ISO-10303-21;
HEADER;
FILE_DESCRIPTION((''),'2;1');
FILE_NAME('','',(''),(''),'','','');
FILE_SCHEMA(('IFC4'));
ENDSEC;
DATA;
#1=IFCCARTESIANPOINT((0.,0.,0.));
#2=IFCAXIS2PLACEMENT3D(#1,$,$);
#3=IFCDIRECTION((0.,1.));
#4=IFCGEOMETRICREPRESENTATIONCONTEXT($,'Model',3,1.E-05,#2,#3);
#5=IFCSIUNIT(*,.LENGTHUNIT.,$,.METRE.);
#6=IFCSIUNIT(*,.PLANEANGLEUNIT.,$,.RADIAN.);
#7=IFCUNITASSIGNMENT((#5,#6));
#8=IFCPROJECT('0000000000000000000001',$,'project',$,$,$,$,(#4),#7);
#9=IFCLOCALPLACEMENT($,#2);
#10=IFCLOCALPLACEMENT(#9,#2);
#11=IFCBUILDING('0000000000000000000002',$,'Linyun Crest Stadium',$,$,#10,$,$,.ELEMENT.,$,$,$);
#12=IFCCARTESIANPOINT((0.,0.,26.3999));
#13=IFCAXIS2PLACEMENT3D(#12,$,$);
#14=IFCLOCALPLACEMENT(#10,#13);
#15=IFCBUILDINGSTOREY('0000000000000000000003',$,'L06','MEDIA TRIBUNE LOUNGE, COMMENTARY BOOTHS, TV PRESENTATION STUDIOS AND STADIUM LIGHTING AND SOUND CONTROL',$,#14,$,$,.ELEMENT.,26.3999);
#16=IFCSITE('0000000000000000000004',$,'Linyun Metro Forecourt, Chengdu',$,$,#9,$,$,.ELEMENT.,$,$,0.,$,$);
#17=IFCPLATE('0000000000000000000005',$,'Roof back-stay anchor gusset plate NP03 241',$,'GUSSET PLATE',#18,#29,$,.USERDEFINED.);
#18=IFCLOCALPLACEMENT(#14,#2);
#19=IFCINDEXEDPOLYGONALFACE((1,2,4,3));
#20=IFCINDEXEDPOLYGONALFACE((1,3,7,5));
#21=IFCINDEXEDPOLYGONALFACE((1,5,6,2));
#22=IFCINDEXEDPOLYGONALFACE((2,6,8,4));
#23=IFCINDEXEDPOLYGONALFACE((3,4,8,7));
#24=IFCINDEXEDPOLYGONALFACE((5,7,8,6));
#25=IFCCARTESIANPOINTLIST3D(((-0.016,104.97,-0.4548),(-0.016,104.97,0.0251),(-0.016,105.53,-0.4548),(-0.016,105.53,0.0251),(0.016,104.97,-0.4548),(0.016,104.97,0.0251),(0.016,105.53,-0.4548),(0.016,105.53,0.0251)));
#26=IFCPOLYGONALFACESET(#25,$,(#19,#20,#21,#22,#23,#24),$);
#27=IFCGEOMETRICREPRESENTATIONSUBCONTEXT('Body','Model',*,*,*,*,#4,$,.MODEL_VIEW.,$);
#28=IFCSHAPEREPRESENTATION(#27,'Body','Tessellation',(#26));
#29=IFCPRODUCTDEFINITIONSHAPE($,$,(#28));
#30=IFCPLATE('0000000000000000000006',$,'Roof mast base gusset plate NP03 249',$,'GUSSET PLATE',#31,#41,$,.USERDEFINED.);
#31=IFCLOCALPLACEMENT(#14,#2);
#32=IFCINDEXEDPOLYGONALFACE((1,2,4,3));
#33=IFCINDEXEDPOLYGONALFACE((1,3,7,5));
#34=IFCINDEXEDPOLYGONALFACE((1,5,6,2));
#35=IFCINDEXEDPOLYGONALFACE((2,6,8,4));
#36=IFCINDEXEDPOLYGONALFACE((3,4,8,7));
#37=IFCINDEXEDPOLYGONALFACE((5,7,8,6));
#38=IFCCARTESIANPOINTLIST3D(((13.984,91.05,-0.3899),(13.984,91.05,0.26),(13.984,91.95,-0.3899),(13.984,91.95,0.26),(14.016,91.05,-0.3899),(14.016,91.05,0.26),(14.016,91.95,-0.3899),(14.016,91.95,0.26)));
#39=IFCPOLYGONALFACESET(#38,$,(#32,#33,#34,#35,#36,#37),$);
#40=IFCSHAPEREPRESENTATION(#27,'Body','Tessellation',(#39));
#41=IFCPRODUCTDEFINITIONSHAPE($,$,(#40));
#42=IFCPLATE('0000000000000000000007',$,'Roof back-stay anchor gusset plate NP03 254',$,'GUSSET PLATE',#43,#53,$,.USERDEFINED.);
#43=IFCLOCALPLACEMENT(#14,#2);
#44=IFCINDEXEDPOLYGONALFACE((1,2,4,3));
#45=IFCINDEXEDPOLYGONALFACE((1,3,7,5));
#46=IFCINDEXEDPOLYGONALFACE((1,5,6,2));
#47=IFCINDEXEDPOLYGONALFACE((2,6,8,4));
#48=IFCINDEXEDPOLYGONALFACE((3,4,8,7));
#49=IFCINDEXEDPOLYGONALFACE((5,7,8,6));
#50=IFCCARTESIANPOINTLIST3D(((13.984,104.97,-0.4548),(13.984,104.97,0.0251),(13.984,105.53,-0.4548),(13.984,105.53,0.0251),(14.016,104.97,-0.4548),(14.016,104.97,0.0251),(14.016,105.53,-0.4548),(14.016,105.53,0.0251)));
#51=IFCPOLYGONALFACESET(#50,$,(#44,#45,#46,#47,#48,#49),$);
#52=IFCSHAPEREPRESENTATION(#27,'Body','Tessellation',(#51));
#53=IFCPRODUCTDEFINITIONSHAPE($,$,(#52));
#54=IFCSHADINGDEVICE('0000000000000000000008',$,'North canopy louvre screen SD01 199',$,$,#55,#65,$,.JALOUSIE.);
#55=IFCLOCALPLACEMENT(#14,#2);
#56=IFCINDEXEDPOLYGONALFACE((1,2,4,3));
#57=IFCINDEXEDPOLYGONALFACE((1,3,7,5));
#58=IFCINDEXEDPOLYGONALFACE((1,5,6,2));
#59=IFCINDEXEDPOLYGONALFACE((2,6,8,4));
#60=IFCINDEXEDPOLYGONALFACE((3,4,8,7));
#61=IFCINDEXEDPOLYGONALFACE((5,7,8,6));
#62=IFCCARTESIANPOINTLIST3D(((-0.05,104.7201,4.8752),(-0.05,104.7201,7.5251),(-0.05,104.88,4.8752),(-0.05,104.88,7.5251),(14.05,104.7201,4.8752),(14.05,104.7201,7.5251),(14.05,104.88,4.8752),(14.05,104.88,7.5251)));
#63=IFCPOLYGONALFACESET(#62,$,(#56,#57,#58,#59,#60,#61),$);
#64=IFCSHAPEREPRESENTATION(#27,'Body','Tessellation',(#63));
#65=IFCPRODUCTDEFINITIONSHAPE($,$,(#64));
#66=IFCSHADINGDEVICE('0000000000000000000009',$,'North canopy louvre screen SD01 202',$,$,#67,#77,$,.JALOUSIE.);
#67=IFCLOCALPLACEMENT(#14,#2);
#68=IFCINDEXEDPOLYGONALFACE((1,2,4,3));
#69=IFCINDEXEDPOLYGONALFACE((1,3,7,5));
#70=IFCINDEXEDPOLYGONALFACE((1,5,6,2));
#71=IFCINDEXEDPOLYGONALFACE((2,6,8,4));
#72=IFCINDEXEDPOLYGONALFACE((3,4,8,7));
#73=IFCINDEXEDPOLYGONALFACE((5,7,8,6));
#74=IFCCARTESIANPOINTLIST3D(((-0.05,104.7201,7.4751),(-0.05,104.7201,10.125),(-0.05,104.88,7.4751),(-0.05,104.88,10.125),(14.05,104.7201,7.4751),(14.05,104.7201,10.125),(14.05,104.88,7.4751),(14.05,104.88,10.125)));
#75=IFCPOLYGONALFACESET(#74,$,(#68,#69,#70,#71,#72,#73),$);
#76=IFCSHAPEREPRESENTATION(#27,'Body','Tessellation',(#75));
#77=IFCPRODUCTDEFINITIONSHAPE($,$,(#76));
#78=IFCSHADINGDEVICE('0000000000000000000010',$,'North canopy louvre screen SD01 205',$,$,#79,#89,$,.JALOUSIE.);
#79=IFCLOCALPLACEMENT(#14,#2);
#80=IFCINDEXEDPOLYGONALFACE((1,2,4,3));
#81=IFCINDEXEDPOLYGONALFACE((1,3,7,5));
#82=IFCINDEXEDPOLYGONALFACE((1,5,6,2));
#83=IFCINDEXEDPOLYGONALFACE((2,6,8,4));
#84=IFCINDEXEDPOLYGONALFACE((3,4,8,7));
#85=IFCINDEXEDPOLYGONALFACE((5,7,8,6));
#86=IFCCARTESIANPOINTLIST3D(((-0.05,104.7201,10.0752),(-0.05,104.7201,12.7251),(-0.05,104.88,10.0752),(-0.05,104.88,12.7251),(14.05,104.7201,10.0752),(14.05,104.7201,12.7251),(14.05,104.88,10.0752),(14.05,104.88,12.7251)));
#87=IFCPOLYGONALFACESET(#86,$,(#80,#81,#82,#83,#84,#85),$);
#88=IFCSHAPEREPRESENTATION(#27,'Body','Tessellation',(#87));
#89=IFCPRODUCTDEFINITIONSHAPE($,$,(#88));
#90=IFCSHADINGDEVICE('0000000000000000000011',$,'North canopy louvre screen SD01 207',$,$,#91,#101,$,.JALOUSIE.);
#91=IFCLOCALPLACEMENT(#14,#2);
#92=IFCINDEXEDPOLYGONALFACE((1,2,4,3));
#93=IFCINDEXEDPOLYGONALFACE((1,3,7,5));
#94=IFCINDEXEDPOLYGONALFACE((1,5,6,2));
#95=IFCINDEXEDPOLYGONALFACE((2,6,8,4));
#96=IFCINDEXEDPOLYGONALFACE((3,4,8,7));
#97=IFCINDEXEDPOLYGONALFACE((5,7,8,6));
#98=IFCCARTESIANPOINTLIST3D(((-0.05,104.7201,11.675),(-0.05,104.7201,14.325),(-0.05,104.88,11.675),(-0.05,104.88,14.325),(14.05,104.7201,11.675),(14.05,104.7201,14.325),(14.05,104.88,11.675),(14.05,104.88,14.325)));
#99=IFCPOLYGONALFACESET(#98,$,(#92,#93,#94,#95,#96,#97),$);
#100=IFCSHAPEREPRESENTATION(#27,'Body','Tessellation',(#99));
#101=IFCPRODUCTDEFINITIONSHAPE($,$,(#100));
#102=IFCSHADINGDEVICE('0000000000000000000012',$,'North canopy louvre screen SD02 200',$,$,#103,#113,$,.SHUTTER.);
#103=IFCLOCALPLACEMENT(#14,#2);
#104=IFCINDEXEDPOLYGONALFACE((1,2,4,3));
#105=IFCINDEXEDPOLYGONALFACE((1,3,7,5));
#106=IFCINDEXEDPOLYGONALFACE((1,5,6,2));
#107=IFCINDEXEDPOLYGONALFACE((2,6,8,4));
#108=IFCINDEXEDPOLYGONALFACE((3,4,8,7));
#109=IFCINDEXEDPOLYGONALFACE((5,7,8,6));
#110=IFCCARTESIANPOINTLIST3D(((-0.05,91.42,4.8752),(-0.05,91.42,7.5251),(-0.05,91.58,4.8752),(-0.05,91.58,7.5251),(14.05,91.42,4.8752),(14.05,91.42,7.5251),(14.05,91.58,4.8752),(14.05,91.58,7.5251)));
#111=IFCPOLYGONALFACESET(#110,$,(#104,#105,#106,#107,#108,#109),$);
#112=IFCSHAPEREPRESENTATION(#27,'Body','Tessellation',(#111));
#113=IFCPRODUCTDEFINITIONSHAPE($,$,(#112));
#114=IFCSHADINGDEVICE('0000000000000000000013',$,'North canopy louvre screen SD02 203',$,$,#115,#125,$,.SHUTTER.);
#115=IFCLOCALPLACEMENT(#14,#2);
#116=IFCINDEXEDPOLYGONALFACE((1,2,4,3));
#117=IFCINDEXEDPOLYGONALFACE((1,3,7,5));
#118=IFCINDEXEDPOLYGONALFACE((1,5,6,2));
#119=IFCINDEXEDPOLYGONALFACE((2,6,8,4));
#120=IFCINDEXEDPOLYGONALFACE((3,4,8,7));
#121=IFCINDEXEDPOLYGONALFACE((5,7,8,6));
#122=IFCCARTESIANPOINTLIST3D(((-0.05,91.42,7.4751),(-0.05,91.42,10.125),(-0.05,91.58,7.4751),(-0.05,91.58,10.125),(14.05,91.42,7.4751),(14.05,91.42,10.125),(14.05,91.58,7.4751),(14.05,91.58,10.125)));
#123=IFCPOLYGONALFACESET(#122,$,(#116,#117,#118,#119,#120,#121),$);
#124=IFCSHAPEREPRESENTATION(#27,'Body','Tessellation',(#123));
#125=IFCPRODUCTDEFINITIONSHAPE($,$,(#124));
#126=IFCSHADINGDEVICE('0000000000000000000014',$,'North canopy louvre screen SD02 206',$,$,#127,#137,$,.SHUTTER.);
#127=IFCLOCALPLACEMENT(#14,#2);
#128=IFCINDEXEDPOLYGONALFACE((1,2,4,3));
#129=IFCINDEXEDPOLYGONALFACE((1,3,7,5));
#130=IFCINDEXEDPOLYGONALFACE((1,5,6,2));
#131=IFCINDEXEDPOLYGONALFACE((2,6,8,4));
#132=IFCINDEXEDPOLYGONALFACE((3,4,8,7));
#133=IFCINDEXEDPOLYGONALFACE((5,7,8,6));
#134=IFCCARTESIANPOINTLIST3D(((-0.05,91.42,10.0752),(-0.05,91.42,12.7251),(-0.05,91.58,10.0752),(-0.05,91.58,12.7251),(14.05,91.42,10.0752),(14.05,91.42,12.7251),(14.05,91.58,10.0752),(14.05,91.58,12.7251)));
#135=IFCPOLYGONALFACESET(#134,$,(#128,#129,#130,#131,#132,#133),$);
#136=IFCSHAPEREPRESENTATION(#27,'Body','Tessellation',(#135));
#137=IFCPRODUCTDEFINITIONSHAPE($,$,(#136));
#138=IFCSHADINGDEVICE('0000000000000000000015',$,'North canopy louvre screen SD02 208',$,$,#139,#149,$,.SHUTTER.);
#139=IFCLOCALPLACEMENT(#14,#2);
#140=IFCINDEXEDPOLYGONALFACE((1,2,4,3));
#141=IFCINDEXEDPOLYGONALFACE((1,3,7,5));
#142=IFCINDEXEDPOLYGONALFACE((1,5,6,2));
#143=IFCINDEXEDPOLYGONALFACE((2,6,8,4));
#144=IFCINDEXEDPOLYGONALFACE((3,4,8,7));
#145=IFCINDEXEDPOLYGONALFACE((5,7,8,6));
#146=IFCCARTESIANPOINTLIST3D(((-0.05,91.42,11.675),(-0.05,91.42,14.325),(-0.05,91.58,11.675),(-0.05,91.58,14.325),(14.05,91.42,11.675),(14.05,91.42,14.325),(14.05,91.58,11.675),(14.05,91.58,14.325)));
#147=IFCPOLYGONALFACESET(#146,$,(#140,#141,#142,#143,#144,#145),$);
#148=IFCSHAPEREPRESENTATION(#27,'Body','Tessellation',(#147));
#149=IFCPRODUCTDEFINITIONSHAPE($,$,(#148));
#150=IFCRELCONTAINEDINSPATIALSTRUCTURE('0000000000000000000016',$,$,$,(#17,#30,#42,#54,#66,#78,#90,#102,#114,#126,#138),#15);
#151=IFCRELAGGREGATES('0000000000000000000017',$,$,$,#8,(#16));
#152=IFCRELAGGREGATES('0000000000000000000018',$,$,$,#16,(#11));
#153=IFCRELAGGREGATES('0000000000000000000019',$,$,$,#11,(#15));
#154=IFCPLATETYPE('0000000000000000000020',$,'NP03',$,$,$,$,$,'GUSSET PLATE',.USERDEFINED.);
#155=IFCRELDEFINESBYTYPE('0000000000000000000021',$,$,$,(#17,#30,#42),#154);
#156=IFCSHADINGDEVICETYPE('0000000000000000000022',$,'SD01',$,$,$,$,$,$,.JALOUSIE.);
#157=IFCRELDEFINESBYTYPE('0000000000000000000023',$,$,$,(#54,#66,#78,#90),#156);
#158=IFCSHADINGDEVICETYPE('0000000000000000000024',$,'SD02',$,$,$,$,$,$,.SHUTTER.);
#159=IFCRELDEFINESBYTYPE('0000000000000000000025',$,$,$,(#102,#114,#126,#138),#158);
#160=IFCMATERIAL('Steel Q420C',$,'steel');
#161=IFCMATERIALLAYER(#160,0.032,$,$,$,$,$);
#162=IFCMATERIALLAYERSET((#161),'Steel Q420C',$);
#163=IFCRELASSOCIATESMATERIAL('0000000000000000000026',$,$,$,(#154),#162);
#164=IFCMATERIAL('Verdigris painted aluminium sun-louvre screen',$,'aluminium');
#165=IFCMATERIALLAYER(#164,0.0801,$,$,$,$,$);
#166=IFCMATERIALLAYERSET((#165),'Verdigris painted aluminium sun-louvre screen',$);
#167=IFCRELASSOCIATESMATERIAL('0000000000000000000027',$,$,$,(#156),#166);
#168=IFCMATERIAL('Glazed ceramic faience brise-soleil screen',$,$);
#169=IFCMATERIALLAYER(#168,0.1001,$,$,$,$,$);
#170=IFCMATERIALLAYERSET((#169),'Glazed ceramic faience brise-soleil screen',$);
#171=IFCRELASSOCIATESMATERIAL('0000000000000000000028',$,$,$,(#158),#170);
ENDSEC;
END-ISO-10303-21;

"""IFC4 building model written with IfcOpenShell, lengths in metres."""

from ifc_helpers import new_model, si_unit, direction, frame, origin, origin_2d, place, context, subcontext, project, spatial, rectangle, extrude, material, layer, layer_set, type_object, element, save


model = new_model("IFC4")

# Units and contexts
model_context = context("Model", 3, precision=1e-05, world=origin(), true_north=direction((0.0, 1.0)))
body_context = subcontext(model_context, "Body", "Model", "MODEL_VIEW")
ifc_project = project(units=[si_unit("LENGTHUNIT", "METRE"), si_unit("PLANEANGLEUNIT", "RADIAN")], contexts=[model_context])

# Site, building, storey
site_placement = place(None, origin())
site = spatial("IfcSite", under=ifc_project, at=site_placement, Name="Linyun Metro Forecourt, Chengdu", CompositionType="ELEMENT", RefElevation=0.0)
building_placement = place(site_placement, origin())
building = spatial("IfcBuilding", under=site, at=building_placement, Name="Linyun Crest Stadium", CompositionType="ELEMENT")
storey_placement = place(building_placement, frame((0.0, 0.0, 26.3999)))
storey = spatial("IfcBuildingStorey", under=building, at=storey_placement, Name="L06", Description="MEDIA TRIBUNE LOUNGE, COMMENTARY BOOTHS, TV PRESENTATION STUDIOS AND STADIUM LIGHTING AND SOUND CONTROL", CompositionType="ELEMENT", Elevation=26.3999)

# Plates
ifc_material_1 = material(Name="Steel Q420C", Category="steel")
ifc_layer_1 = layer(ifc_material_1, 0.032)
ifc_layer_set_1 = layer_set([ifc_layer_1], Name="Steel Q420C")
plate_type_1 = type_object("IfcPlateType", Name="NP03", ElementType="GUSSET PLATE", PredefinedType="USERDEFINED", material=ifc_layer_set_1)
plate_1_placement = place(storey_placement, frame((0.0, 105.25, -0.4548), z_axis=(0.0, 0.0, 1.0), x_axis=(0.0, 1.0, 0.0)))
element("IfcPlate", 1, at=plate_1_placement, inside=storey, type_object=plate_type_1, Name="Roof back-stay anchor gusset plate NP03 241", ObjectType="GUSSET PLATE", PredefinedType="USERDEFINED", context=body_context, shape_type="SweptSolid", body=[
    extrude(rectangle(XDim=0.5601, YDim=0.032, at=origin_2d()), origin(), (0.0, 0.0, 1.0), 0.48),
])
plate_2_placement = place(storey_placement, frame((14.0, 91.5, -0.3899), z_axis=(0.0, 0.0, 1.0), x_axis=(0.0, 1.0, 0.0)))
element("IfcPlate", 2, at=plate_2_placement, inside=storey, type_object=plate_type_1, Name="Roof mast base gusset plate NP03 249", ObjectType="GUSSET PLATE", PredefinedType="USERDEFINED", context=body_context, shape_type="SweptSolid", body=[
    extrude(rectangle(XDim=0.8999, YDim=0.032, at=origin_2d()), origin(), (0.0, 0.0, 1.0), 0.6499),
])
plate_3_placement = place(storey_placement, frame((14.0, 105.25, -0.4548), z_axis=(0.0, 0.0, 1.0), x_axis=(0.0, 1.0, 0.0)))
element("IfcPlate", 3, at=plate_3_placement, inside=storey, type_object=plate_type_1, Name="Roof back-stay anchor gusset plate NP03 254", ObjectType="GUSSET PLATE", PredefinedType="USERDEFINED", context=body_context, shape_type="SweptSolid", body=[
    extrude(rectangle(XDim=0.5601, YDim=0.032, at=origin_2d()), origin(), (0.0, 0.0, 1.0), 0.48),
])

# Shading devices
ifc_material_2 = material(Name="Verdigris painted aluminium sun-louvre screen", Category="aluminium")
ifc_layer_2 = layer(ifc_material_2, 0.0801)
ifc_layer_set_2 = layer_set([ifc_layer_2], Name="Verdigris painted aluminium sun-louvre screen")
shading_device_type_1 = type_object("IfcShadingDeviceType", Name="SD01", PredefinedType="JALOUSIE", material=ifc_layer_set_2)
for number, where, z_axis, x_axis, name in (
    (4, (7.0, 104.8, 4.8752), (0.0, 0.0, 1.0), (1.0, 0.0, 0.0), "North canopy louvre screen SD01 199"),
    (5, (7.0, 104.8, 7.4751), (0.0, 0.0, 1.0), (1.0, 0.0, 0.0), "North canopy louvre screen SD01 202"),
    (6, (7.0, 104.8, 10.0752), (0.0, 0.0, 1.0), (1.0, 0.0, 0.0), "North canopy louvre screen SD01 205"),
    (7, (7.0, 104.8, 11.675), (0.0, 0.0, 1.0), (1.0, 0.0, 0.0), "North canopy louvre screen SD01 207"),
):
    element("IfcShadingDevice", number, at=place(storey_placement, frame(where, z_axis=z_axis, x_axis=x_axis)), inside=storey, type_object=shading_device_type_1, Name=name, PredefinedType="JALOUSIE", context=body_context, shape_type="SweptSolid", body=[
        extrude(rectangle(XDim=14.1001, YDim=0.1599, at=origin_2d()), origin(), (0.0, 0.0, 1.0), 2.6499),
    ])
ifc_material_3 = material(Name="Glazed ceramic faience brise-soleil screen")
ifc_layer_3 = layer(ifc_material_3, 0.1001)
ifc_layer_set_3 = layer_set([ifc_layer_3], Name="Glazed ceramic faience brise-soleil screen")
shading_device_type_2 = type_object("IfcShadingDeviceType", Name="SD02", PredefinedType="SHUTTER", material=ifc_layer_set_3)
for number, where, z_axis, x_axis, name in (
    (8, (7.0, 91.5, 4.8752), (0.0, 0.0, 1.0), (1.0, 0.0, 0.0), "North canopy louvre screen SD02 200"),
    (9, (7.0, 91.5, 7.4751), (0.0, 0.0, 1.0), (1.0, 0.0, 0.0), "North canopy louvre screen SD02 203"),
    (10, (7.0, 91.5, 10.0752), (0.0, 0.0, 1.0), (1.0, 0.0, 0.0), "North canopy louvre screen SD02 206"),
    (11, (7.0, 91.5, 11.675), (0.0, 0.0, 1.0), (1.0, 0.0, 0.0), "North canopy louvre screen SD02 208"),
):
    element("IfcShadingDevice", number, at=place(storey_placement, frame(where, z_axis=z_axis, x_axis=x_axis)), inside=storey, type_object=shading_device_type_2, Name=name, PredefinedType="SHUTTER", context=body_context, shape_type="SweptSolid", body=[
        extrude(rectangle(XDim=14.1001, YDim=0.1599, at=origin_2d()), origin(), (0.0, 0.0, 1.0), 2.6499),
    ])

save(model, "model.ifc")
